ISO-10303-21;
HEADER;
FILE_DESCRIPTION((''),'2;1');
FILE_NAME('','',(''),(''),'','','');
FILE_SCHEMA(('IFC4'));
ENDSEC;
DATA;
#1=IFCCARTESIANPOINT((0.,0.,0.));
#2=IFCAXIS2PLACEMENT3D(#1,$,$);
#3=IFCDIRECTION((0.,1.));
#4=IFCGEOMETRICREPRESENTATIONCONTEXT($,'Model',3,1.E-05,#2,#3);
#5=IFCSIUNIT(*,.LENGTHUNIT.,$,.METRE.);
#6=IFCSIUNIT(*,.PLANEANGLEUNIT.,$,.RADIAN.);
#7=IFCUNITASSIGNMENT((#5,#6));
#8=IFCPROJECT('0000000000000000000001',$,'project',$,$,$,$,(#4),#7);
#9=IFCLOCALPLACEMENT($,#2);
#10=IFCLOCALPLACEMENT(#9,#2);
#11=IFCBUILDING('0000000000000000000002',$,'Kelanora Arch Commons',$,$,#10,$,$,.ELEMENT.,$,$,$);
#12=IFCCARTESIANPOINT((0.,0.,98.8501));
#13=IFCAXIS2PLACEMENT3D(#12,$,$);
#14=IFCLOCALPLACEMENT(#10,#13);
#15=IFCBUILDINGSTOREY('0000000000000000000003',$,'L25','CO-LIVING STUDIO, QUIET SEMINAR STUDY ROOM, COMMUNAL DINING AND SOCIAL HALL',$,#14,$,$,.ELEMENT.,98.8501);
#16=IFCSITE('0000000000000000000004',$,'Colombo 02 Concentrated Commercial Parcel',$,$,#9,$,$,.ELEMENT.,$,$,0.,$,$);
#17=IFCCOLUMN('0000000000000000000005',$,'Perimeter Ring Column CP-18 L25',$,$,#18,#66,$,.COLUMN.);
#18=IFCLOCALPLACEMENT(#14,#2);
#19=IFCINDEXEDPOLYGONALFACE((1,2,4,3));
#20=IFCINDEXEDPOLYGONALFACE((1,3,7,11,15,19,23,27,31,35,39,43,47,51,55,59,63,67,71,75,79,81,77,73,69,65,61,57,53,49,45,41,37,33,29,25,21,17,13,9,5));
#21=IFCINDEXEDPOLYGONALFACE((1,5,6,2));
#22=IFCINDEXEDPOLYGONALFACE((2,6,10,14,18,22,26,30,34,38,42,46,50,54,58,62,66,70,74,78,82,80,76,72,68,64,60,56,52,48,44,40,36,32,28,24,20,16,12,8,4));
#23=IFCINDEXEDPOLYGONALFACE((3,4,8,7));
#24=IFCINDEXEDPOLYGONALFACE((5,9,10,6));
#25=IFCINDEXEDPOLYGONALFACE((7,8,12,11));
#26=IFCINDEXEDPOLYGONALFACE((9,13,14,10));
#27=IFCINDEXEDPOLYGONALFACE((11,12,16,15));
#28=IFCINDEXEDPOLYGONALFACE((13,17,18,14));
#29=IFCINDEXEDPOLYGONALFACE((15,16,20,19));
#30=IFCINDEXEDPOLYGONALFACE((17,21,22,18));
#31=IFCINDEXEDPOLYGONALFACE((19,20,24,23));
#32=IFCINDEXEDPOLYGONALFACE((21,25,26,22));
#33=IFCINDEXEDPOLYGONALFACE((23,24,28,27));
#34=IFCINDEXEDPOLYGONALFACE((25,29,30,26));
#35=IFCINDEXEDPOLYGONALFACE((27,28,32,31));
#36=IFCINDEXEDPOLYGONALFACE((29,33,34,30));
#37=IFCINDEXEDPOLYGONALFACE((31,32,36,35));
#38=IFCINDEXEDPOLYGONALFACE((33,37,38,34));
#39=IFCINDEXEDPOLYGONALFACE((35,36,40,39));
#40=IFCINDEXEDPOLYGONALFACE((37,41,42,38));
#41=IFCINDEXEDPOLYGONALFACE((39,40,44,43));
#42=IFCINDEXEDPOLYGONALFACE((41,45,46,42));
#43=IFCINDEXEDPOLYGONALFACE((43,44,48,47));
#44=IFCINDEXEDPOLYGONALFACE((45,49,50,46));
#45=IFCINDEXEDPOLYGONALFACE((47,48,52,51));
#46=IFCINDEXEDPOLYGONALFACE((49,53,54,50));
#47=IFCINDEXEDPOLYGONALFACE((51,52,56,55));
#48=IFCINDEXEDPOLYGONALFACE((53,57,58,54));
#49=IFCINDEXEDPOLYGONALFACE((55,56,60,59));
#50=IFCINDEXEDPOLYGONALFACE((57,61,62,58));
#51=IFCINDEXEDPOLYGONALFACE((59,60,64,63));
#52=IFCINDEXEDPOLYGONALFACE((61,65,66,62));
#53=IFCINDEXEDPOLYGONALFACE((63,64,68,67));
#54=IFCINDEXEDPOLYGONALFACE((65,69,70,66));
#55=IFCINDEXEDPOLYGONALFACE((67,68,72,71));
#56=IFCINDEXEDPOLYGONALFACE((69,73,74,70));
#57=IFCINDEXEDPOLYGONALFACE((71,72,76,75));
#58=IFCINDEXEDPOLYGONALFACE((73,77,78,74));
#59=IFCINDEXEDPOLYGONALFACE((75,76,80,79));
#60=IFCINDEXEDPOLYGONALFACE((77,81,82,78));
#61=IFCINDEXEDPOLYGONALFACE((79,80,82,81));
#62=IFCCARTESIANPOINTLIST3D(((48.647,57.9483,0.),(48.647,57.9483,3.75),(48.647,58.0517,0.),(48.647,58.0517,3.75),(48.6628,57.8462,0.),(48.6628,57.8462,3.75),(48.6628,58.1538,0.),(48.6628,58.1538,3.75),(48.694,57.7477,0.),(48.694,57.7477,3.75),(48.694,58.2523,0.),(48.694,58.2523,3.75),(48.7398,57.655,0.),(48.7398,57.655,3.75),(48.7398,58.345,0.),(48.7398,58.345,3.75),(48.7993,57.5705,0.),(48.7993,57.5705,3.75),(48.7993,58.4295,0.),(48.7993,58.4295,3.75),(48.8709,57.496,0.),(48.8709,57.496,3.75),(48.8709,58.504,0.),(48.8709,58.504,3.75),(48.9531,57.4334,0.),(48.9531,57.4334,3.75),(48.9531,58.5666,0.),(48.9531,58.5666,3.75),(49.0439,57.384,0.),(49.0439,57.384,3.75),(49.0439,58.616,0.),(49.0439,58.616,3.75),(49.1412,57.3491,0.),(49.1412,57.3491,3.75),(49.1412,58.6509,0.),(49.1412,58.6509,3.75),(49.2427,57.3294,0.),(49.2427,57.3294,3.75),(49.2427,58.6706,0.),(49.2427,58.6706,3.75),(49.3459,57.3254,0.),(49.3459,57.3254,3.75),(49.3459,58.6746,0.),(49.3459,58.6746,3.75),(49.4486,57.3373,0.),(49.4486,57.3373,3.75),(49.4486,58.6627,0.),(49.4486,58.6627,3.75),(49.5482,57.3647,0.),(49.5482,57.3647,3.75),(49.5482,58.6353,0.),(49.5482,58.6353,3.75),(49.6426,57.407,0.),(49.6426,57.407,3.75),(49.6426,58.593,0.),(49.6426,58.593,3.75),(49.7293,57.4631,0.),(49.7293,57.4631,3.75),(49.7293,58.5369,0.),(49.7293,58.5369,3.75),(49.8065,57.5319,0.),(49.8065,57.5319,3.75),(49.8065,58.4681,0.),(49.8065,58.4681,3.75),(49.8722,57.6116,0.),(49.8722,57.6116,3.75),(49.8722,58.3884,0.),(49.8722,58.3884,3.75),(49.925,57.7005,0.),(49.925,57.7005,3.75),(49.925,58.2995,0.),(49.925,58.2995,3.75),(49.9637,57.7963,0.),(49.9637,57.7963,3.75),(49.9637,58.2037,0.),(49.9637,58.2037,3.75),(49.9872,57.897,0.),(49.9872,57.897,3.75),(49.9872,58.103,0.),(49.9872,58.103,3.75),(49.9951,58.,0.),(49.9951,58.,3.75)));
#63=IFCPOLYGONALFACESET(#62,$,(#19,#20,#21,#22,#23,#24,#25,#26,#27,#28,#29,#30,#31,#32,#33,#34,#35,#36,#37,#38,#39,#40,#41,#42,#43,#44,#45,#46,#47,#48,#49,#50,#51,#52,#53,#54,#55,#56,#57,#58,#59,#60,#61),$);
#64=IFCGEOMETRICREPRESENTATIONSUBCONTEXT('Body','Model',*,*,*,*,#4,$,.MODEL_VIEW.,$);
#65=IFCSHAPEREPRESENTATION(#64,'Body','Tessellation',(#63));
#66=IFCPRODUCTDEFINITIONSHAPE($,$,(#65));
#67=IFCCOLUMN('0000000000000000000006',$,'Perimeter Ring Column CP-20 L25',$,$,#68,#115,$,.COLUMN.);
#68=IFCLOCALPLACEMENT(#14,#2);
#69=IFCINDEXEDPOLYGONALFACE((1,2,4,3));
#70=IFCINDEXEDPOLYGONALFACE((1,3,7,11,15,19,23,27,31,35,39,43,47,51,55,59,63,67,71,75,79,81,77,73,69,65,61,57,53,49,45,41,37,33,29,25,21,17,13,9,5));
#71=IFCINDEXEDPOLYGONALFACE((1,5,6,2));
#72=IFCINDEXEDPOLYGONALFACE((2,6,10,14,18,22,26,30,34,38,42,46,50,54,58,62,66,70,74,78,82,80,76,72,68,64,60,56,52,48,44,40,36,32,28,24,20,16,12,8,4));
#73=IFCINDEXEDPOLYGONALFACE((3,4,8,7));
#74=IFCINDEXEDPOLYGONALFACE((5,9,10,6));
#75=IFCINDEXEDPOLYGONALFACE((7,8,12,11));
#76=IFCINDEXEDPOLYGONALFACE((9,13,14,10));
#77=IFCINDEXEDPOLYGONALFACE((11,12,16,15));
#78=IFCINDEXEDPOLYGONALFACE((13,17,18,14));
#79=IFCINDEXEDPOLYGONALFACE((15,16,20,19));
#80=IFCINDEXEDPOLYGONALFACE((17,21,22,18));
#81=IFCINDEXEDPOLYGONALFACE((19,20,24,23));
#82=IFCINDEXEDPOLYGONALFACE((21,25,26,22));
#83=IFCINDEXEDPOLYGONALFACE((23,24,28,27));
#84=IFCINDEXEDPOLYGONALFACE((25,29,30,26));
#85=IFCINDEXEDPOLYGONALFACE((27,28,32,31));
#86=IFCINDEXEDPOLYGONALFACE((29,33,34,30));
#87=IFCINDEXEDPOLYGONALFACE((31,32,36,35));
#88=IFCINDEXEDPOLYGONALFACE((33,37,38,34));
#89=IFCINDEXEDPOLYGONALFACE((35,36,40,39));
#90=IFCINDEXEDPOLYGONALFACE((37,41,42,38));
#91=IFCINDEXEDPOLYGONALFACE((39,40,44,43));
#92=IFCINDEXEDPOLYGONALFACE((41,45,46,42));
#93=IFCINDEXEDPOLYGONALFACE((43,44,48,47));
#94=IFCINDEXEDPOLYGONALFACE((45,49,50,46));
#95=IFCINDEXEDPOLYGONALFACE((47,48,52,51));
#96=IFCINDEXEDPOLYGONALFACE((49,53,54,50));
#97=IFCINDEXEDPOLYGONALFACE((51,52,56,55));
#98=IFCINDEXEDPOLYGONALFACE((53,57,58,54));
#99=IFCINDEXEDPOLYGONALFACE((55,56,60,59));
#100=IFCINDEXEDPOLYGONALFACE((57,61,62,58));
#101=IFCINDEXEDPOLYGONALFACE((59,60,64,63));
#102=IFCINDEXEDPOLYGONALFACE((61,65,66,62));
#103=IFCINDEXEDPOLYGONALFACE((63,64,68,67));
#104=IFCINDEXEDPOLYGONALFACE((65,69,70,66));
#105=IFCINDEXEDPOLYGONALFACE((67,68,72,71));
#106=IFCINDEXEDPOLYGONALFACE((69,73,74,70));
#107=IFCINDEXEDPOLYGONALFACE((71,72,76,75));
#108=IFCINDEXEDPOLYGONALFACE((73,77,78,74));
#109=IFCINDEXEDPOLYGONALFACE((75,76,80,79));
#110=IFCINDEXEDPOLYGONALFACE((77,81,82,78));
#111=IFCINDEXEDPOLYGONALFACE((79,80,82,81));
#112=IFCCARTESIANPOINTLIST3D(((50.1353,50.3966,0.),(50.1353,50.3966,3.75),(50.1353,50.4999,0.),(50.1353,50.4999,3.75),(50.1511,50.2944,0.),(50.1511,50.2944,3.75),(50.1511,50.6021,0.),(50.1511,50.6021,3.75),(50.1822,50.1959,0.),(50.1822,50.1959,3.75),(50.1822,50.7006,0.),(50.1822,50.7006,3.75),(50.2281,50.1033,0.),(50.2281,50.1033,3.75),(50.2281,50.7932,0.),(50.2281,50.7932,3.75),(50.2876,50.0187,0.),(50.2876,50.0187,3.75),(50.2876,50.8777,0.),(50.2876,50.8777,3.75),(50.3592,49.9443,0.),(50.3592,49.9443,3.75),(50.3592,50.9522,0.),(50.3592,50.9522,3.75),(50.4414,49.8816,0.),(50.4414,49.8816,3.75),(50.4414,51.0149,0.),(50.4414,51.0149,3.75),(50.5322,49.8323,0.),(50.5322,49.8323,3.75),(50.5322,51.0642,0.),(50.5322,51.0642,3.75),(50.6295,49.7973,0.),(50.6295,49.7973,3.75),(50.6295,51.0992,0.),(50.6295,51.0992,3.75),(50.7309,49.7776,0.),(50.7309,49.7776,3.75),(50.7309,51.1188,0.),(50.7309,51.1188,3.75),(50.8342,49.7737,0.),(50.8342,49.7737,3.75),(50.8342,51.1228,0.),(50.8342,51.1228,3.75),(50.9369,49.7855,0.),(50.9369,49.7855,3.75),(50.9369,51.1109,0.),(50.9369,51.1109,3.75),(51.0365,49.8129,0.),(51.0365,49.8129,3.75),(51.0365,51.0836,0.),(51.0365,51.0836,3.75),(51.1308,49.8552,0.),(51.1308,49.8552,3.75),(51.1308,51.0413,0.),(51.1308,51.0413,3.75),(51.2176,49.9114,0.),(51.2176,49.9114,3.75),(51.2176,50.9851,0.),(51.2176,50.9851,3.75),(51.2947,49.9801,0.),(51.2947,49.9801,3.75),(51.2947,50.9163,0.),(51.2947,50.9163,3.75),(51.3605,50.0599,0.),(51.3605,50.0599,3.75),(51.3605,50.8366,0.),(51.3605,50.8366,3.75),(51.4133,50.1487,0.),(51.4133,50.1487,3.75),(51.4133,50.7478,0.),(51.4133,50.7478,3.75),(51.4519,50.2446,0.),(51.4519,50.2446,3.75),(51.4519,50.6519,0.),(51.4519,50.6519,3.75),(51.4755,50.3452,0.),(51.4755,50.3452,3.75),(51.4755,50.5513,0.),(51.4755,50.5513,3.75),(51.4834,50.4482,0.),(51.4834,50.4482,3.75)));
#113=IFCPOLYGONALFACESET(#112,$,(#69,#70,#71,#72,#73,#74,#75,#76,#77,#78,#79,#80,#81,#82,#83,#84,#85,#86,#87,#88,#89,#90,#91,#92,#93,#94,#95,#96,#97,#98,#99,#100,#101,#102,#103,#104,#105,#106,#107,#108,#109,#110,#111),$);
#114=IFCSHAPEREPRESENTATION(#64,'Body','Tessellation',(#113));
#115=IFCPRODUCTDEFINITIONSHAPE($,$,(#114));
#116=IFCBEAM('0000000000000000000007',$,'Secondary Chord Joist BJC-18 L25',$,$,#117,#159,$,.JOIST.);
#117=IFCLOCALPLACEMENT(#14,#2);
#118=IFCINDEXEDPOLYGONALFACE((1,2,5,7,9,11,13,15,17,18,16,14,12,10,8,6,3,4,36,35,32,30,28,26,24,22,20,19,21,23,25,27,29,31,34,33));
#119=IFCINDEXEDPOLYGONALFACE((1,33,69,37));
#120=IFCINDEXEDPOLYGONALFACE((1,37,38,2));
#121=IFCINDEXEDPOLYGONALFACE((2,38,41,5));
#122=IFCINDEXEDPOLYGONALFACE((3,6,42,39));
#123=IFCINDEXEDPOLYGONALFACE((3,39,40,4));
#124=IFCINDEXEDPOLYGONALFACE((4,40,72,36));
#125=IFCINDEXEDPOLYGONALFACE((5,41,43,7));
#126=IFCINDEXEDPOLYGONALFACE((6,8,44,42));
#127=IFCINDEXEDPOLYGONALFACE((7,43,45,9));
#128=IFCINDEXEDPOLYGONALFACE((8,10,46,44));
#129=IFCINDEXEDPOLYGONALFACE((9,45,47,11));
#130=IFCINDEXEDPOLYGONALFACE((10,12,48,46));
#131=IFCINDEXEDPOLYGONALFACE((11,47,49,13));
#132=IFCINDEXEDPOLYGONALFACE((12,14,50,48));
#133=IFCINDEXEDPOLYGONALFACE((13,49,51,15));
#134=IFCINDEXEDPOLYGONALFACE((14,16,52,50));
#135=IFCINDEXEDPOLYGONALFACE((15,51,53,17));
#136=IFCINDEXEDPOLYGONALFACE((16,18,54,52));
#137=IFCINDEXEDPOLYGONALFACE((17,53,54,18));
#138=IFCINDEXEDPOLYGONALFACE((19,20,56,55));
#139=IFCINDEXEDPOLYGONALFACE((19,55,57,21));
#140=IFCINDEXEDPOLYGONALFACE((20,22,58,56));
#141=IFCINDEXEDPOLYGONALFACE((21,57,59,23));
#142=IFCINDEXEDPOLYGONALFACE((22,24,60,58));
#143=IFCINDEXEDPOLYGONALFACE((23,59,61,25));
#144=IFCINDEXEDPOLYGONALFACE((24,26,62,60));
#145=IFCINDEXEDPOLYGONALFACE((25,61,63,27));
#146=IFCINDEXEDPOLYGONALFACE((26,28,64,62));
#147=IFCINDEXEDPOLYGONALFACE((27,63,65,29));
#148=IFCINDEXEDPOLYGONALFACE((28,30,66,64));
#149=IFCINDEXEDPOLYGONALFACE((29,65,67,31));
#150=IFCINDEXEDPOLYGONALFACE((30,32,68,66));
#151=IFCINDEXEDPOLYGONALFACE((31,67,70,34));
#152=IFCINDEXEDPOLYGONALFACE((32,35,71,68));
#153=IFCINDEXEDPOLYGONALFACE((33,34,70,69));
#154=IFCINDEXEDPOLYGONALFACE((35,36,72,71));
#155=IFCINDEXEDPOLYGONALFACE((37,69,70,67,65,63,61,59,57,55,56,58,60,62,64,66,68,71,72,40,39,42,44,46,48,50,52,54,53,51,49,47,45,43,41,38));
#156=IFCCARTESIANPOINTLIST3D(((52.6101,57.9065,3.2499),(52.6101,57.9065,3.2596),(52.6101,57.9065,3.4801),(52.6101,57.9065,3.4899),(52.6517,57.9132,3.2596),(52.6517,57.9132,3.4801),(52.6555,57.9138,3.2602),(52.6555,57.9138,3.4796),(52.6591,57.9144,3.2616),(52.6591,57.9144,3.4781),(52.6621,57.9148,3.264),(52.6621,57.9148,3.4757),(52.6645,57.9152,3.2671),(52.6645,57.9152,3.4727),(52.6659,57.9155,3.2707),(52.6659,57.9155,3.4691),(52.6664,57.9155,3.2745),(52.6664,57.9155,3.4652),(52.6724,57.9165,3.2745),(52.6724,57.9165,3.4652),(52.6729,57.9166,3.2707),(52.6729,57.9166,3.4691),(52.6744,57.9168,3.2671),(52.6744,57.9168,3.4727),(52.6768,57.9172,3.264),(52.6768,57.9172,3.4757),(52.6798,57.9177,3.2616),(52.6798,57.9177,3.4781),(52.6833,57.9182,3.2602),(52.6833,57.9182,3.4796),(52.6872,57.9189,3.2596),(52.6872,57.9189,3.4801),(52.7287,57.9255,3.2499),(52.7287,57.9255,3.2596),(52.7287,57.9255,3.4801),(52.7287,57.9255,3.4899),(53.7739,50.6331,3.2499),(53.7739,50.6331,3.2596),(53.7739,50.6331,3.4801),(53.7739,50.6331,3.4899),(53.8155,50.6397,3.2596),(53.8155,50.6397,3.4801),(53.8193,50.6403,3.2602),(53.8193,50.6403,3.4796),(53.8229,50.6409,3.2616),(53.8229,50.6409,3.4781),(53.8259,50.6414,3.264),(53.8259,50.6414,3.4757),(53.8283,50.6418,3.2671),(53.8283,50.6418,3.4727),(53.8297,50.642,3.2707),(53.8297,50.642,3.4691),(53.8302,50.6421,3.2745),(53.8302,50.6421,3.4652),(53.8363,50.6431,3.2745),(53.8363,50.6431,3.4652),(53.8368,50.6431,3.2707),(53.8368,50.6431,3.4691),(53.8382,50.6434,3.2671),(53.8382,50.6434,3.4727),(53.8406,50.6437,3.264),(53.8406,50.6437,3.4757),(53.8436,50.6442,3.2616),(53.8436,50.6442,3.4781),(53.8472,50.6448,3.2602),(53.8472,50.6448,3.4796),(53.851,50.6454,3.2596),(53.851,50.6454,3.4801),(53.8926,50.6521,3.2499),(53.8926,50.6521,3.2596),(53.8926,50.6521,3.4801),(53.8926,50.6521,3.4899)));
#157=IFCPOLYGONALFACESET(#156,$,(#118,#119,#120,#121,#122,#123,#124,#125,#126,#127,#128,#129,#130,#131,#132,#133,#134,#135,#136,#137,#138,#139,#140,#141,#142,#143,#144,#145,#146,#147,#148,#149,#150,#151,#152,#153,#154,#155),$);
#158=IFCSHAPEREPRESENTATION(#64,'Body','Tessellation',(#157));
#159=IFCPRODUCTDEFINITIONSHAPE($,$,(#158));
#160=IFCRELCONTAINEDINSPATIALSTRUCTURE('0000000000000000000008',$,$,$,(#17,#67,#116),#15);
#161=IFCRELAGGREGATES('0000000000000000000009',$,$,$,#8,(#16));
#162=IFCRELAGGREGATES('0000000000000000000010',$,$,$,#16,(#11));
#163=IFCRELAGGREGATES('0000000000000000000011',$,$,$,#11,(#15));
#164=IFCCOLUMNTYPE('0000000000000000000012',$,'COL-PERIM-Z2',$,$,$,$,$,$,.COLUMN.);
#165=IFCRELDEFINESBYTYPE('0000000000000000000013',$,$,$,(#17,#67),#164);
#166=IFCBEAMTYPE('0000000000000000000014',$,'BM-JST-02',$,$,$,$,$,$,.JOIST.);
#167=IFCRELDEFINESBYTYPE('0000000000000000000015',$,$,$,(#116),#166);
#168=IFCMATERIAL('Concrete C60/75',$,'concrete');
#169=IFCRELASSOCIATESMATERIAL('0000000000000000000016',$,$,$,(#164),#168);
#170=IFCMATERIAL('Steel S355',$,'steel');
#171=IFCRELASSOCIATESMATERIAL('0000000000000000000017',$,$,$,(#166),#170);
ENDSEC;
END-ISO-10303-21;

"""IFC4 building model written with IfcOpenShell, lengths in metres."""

from ifc_helpers import new_model, si_unit, direction, frame, origin, origin_2d, place, context, subcontext, project, spatial, circle, i_section, extrude, material, material_profile, profile_set, type_object, element, save


model = new_model("IFC4")

# Units and contexts
model_context = context("Model", 3, precision=1e-05, world=origin(), true_north=direction((0.0, 1.0)))
body_context = subcontext(model_context, "Body", "Model", "MODEL_VIEW")
ifc_project = project(units=[si_unit("LENGTHUNIT", "METRE"), si_unit("PLANEANGLEUNIT", "RADIAN")], contexts=[model_context])

# Site, building, storey
site_placement = place(None, origin())
site = spatial("IfcSite", under=ifc_project, at=site_placement, Name="Colombo 02 Concentrated Commercial Parcel", CompositionType="ELEMENT", RefElevation=0.0)
building_placement = place(site_placement, origin())
building = spatial("IfcBuilding", under=site, at=building_placement, Name="Kelanora Arch Commons", CompositionType="ELEMENT")
storey_placement = place(building_placement, frame((0.0, 0.0, 98.8501)))
storey = spatial("IfcBuildingStorey", under=building, at=storey_placement, Name="L25", Description="CO-LIVING STUDIO, QUIET SEMINAR STUDY ROOM, COMMUNAL DINING AND SOCIAL HALL", CompositionType="ELEMENT", Elevation=98.8501)

# Columns
ifc_material_1 = material(Name="Concrete C60/75", Category="concrete")
ifc_material_profile_1 = material_profile(ifc_material_1, circle(Radius=0.675, at=origin_2d()), Name="RCC1350")
ifc_profile_set_1 = profile_set([ifc_material_profile_1], Name="Concrete C60/75")
column_type = type_object("IfcColumnType", Name="COL-PERIM-Z2", PredefinedType="COLUMN", material=ifc_profile_set_1)
for number, where, z_axis, x_axis, name in (
    (1, (49.3201, 58.0, 0.0), (0.0, 0.0, 1.0), (1.0, 0.0, 0.0), "Perimeter Ring Column CP-18 L25"),
    (2, (50.8083, 50.4482, 0.0), (0.0, 0.0, 1.0), (1.0, 0.0, 0.0), "Perimeter Ring Column CP-20 L25"),
):
    element("IfcColumn", number, at=place(storey_placement, frame(where, z_axis=z_axis, x_axis=x_axis)), inside=storey, type_object=column_type, Name=name, PredefinedType="COLUMN", context=body_context, shape_type="SweptSolid", body=[
        extrude(circle(Radius=0.675, at=origin_2d()), origin(), (0.0, 0.0, 1.0), 3.75),
    ])

# Beam
ifc_material_2 = material(Name="Steel S355", Category="steel")
ifc_material_profile_2 = material_profile(ifc_material_2, i_section(OverallWidth=0.1201, OverallDepth=0.24, WebThickness=0.0061, FlangeThickness=0.0098, FilletRadius=0.0149, at=origin_2d()), Name="IPE240")
ifc_profile_set_2 = profile_set([ifc_material_profile_2], Name="Steel S355")
beam_type_1 = type_object("IfcBeamType", Name="BM-JST-02", PredefinedType="JOIST", material=ifc_profile_set_2)
beam_1_placement = place(storey_placement, frame((52.6694, 57.916, 3.3699), z_axis=(0.158, -0.987439, 0.0), x_axis=(0.987439, 0.158, 0.0)))
element("IfcBeam", 3, at=beam_1_placement, inside=storey, type_object=beam_type_1, Name="Secondary Chord Joist BJC-18 L25", PredefinedType="JOIST", context=body_context, shape_type="SweptSolid", body=[
    extrude(i_section(OverallWidth=0.1201, OverallDepth=0.24, WebThickness=0.0061, FlangeThickness=0.0098, FilletRadius=0.0149, at=origin_2d()), origin(), (0.0, 0.0, 1.0), 7.366),
])

save(model, "model.ifc")
